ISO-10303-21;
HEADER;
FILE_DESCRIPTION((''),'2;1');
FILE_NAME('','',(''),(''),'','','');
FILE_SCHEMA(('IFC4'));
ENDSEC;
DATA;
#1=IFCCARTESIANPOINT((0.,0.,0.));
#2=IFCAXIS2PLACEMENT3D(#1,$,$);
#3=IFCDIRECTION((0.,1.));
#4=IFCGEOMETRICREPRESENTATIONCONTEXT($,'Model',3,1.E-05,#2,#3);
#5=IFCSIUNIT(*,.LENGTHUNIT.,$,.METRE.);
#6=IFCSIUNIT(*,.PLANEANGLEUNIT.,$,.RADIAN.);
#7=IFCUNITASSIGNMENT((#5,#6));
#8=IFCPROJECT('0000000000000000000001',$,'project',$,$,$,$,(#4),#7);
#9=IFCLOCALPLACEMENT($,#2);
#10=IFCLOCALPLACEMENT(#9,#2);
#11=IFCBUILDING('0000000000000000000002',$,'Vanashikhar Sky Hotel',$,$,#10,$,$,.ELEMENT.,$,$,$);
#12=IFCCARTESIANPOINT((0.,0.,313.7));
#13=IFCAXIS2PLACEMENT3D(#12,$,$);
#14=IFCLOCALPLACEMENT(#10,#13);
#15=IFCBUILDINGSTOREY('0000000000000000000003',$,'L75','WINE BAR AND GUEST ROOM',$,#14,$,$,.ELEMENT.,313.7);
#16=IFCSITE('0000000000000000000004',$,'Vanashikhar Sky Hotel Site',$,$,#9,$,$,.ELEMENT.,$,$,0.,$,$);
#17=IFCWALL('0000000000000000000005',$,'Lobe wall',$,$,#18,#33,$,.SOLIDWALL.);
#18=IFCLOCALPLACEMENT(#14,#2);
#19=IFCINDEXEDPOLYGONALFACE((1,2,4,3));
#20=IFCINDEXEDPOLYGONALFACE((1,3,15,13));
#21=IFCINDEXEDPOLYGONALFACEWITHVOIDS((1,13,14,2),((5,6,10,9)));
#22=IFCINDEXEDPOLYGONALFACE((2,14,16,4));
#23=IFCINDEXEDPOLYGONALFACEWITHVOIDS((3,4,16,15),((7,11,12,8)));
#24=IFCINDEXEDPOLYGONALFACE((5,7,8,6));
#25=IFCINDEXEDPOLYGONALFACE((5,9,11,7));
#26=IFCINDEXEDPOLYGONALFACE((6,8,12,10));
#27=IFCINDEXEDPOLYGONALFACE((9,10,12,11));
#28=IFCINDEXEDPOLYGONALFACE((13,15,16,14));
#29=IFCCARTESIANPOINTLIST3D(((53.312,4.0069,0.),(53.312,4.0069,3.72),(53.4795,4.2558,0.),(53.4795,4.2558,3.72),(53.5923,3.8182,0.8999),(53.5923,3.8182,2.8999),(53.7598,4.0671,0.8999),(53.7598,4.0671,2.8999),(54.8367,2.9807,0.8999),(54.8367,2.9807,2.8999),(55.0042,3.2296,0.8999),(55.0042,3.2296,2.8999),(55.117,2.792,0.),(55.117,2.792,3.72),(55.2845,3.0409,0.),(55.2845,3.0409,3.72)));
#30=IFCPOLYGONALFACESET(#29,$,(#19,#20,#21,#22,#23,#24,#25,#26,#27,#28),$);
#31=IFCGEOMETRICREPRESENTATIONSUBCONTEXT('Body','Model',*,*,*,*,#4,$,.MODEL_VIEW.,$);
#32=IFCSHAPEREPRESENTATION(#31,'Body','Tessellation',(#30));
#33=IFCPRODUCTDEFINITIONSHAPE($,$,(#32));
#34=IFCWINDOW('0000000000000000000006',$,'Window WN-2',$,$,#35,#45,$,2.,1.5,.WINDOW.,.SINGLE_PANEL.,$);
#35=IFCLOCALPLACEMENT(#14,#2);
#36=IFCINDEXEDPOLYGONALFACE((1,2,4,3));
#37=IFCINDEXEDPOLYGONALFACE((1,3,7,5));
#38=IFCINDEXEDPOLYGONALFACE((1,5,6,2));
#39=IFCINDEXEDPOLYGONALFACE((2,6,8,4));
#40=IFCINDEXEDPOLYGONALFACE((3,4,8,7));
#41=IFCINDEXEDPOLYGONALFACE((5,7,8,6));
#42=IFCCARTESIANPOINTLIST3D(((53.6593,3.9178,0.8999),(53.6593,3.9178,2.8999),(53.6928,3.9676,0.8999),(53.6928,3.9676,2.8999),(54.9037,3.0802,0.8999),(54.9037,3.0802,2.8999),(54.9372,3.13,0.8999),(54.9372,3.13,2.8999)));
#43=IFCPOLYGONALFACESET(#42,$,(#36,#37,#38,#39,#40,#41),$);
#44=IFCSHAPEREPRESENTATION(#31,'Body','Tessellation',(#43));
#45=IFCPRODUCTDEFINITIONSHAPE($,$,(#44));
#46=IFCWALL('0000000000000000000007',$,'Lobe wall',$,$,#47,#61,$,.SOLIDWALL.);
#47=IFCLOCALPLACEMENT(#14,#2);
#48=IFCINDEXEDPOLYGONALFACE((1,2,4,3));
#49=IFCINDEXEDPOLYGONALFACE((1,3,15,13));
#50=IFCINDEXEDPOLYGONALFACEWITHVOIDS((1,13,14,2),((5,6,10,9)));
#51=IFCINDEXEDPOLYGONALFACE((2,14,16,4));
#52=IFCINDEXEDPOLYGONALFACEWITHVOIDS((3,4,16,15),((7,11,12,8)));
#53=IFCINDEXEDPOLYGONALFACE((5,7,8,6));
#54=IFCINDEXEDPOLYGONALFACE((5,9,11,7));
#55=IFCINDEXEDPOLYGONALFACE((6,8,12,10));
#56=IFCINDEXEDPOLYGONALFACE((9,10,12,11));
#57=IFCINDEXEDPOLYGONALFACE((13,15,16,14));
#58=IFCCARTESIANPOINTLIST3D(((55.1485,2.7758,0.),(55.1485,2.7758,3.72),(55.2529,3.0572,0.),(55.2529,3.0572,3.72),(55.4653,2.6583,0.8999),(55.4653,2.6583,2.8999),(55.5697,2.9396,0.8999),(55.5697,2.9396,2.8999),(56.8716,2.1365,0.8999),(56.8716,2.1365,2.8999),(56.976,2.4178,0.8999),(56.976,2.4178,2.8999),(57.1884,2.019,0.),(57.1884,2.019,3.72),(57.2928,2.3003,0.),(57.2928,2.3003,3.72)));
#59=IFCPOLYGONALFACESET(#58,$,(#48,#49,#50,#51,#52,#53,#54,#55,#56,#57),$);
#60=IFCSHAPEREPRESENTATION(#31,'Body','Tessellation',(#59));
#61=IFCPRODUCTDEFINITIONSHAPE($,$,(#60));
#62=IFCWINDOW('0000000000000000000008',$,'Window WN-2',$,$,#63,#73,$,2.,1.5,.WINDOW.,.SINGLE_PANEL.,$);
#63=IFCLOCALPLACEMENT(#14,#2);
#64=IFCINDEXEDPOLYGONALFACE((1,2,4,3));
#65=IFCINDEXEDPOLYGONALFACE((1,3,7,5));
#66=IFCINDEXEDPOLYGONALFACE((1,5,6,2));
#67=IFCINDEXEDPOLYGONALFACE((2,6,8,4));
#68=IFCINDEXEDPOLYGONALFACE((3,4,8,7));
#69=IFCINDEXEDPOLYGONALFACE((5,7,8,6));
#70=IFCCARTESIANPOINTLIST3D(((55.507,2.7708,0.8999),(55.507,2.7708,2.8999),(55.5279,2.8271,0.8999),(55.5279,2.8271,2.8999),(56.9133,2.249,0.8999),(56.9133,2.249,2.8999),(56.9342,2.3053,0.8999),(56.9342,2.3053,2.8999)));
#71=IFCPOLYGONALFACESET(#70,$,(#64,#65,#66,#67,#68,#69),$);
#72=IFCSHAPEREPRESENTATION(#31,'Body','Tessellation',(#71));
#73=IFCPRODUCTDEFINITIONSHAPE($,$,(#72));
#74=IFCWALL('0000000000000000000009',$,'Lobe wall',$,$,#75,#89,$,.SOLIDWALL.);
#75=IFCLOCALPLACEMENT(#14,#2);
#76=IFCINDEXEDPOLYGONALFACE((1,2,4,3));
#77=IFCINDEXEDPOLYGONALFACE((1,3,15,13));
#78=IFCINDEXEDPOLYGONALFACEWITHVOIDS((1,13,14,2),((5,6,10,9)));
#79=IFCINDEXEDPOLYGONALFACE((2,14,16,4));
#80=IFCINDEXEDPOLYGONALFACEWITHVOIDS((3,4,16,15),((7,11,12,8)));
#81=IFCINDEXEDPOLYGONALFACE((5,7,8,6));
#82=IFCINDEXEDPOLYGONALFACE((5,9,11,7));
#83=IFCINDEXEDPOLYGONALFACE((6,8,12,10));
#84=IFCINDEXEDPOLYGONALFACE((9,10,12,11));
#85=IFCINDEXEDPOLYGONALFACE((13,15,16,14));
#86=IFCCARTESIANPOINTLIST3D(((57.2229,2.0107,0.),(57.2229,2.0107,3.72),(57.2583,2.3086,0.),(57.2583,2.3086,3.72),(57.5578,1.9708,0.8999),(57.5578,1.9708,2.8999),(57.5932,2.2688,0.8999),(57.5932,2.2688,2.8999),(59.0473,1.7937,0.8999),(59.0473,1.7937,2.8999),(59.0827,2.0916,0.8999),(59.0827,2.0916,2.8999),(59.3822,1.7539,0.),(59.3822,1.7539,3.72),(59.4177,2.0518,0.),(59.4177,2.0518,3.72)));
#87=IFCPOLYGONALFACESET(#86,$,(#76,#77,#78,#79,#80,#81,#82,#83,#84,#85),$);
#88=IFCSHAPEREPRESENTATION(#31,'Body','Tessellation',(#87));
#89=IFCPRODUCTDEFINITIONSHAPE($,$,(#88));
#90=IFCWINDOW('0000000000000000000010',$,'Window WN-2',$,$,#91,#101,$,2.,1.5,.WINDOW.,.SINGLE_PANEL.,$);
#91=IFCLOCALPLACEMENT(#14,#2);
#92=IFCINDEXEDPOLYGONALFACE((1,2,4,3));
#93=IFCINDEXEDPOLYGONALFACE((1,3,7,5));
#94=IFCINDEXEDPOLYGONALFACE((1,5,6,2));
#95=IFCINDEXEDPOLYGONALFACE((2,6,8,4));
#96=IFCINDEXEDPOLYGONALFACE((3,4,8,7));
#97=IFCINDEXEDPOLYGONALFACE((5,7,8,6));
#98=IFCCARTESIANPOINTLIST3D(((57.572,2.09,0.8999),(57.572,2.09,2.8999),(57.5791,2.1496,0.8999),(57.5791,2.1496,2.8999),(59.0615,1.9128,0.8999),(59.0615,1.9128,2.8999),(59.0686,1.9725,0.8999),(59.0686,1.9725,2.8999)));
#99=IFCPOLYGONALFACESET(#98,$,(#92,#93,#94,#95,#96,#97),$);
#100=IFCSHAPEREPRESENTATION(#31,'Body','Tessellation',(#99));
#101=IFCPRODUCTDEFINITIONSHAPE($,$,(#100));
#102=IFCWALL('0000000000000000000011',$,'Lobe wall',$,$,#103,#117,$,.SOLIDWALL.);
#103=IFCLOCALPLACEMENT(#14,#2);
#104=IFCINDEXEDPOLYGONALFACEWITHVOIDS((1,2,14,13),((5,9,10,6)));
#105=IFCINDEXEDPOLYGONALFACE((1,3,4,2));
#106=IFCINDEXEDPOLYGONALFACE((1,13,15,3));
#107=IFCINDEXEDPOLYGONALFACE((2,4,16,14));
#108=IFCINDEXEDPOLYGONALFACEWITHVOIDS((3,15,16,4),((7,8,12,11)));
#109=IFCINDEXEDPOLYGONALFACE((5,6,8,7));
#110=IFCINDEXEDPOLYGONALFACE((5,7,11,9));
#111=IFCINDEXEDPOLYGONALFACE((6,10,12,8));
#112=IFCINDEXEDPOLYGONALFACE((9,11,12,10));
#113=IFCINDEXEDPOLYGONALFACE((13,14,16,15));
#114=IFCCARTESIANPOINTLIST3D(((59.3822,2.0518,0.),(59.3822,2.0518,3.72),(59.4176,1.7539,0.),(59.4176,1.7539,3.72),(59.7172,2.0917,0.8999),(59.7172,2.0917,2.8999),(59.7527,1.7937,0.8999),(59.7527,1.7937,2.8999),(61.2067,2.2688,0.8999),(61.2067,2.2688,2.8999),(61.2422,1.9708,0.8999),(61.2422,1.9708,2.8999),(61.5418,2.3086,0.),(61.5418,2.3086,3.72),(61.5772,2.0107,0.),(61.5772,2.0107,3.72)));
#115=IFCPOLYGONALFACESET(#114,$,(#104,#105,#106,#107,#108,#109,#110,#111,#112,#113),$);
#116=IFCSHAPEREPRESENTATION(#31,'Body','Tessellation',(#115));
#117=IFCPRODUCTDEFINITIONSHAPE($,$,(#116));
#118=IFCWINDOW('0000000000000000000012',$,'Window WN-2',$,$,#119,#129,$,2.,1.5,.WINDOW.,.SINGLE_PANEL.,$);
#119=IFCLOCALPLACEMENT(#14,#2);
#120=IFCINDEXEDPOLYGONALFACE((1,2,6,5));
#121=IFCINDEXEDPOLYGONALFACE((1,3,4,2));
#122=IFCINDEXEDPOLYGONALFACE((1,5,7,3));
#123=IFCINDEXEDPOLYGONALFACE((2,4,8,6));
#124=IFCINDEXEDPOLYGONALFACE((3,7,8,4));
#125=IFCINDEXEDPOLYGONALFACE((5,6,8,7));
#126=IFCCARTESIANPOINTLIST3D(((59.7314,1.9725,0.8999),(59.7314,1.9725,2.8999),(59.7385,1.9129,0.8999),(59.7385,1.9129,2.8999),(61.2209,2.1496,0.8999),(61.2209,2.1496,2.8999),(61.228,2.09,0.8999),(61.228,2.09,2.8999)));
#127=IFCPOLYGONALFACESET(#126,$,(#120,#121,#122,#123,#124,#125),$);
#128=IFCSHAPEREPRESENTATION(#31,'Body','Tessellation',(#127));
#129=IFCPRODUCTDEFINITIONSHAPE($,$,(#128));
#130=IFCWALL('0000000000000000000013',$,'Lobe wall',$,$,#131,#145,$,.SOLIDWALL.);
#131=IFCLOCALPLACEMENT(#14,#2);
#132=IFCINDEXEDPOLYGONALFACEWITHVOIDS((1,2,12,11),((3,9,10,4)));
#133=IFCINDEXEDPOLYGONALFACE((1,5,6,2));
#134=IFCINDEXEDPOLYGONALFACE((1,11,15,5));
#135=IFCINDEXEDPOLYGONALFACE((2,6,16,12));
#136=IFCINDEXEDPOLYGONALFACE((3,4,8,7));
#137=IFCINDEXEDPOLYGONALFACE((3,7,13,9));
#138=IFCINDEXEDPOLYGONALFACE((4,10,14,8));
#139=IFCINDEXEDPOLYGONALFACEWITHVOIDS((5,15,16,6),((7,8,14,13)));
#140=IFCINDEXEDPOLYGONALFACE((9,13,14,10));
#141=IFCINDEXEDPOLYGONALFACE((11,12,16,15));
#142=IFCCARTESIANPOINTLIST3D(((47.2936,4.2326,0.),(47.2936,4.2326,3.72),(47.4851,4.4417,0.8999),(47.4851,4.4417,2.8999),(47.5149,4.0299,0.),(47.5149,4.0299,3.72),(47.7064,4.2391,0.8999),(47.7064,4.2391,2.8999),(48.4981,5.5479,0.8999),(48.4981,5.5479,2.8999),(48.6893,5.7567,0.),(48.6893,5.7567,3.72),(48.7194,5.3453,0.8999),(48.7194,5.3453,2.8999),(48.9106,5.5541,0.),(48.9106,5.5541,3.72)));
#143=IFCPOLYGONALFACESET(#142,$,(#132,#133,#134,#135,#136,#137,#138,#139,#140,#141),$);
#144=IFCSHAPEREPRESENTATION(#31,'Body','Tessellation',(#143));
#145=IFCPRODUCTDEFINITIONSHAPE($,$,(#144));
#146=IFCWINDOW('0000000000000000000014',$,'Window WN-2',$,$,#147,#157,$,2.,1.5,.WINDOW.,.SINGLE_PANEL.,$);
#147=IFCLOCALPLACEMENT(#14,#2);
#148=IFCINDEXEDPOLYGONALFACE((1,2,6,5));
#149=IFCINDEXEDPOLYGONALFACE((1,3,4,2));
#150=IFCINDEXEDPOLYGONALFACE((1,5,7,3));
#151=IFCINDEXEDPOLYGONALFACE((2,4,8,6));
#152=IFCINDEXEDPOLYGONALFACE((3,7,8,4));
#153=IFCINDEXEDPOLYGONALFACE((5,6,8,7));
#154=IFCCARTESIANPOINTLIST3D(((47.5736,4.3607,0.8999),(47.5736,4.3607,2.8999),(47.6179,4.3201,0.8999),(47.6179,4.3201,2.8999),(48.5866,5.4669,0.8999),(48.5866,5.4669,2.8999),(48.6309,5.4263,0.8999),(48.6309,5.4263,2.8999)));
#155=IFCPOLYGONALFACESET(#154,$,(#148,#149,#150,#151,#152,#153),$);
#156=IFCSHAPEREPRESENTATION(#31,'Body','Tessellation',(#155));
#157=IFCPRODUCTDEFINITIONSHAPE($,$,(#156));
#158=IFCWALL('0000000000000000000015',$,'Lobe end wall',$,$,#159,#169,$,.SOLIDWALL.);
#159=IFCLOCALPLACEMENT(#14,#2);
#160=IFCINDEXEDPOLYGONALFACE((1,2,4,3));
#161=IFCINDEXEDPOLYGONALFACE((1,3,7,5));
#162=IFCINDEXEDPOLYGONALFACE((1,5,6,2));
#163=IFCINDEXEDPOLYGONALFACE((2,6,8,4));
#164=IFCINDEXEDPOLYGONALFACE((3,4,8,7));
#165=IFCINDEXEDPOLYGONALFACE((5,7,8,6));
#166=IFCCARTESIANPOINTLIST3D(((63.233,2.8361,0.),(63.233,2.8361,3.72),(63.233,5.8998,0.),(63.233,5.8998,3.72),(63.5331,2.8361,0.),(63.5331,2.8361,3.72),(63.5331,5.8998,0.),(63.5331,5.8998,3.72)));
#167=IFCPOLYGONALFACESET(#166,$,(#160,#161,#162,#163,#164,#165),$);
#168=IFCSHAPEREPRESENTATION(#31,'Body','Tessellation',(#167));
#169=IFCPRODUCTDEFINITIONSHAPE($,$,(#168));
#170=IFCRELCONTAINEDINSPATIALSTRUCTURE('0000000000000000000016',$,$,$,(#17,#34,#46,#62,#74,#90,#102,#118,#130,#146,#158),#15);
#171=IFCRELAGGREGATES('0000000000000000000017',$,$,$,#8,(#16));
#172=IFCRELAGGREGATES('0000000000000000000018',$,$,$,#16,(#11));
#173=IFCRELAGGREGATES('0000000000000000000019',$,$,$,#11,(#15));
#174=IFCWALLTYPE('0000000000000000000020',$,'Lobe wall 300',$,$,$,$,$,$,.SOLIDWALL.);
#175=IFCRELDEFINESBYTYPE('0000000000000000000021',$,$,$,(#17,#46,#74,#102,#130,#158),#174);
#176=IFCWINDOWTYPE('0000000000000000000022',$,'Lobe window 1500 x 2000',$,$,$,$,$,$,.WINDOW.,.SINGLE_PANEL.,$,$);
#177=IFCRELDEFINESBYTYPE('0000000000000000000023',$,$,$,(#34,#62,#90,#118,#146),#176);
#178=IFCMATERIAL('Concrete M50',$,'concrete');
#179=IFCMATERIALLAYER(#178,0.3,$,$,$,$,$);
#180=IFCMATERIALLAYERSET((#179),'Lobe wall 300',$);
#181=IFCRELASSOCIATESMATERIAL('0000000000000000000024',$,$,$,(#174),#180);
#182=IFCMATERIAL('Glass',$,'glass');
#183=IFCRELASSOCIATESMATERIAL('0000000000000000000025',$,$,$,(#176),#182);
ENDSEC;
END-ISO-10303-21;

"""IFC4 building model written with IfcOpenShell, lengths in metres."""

from ifc_helpers import new_model, si_unit, direction, frame, frame_2d, origin, place, context, subcontext, project, spatial, rectangle, extrude, source, transform, mapped, material, layer, layer_set, type_object, element, fill, save


model = new_model("IFC4")

# Units and contexts
model_context = context("Model", 3, precision=1e-05, world=origin(), true_north=direction((0.0, 1.0)))
body_context = subcontext(model_context, "Body", "Model", "MODEL_VIEW")
ifc_project = project(units=[si_unit("LENGTHUNIT", "METRE"), si_unit("PLANEANGLEUNIT", "RADIAN")], contexts=[model_context])

# Site, building, storey
site_placement = place(None, origin())
site = spatial("IfcSite", under=ifc_project, at=site_placement, Name="Vanashikhar Sky Hotel Site", CompositionType="ELEMENT", RefElevation=0.0)
building_placement = place(site_placement, origin())
building = spatial("IfcBuilding", under=site, at=building_placement, Name="Vanashikhar Sky Hotel", CompositionType="ELEMENT")
storey_placement = place(building_placement, frame((0.0, 0.0, 313.7)))
storey = spatial("IfcBuildingStorey", under=building, at=storey_placement, Name="L75", Description="WINE BAR AND GUEST ROOM", CompositionType="ELEMENT", Elevation=313.7)

# Walls, openings, windows
ifc_material_1 = material(Name="Concrete M50", Category="concrete")
ifc_layer_1 = layer(ifc_material_1, 0.3)
ifc_layer_set_1 = layer_set([ifc_layer_1], Name="Lobe wall 300")
wall_type_1 = type_object("IfcWallType", Name="Lobe wall 300", PredefinedType="SOLIDWALL", material=ifc_layer_set_1)
shared_shape_1 = source(origin(), body_context, "Body", "SweptSolid", [
    extrude(rectangle(XDim=2.1758, YDim=0.3, at=frame_2d((1.0879, 0.0))), origin(), (0.0, 0.0, 1.0), 3.72),
])
wall_1_placement = place(storey_placement, frame((53.3958, 4.1313, 0.0), z_axis=(0.0, 0.0, 1.0), x_axis=(0.829591, -0.558372, 0.0)))
wall_1 = element("IfcWall", 1, at=wall_1_placement, inside=storey, type_object=wall_type_1, Name="Lobe wall", PredefinedType="SOLIDWALL", context=body_context, shape_type="MappedRepresentation", body=[
    mapped(shared_shape_1, transform((0.0, 0.0, 0.0), scale=1.0)),
])
shared_shape_2 = source(origin(), body_context, "Body", "SweptSolid", [
    extrude(rectangle(XDim=1.5, YDim=2.0, at=frame_2d((0.75, 1.0))), frame((0.0, 0.1602, 0.0), z_axis=(0.0, -1.0, 0.0), x_axis=(1.0, 0.0, 0.0)), (0.0, 0.0, 1.0), 0.3201),
])
opening_1_placement = place(wall_1_placement, frame((0.3379, 0.0, 0.8999)))
opening_1 = element("IfcOpeningElement", 2, at=opening_1_placement, cuts=wall_1, PredefinedType="OPENING", context=body_context, shape_type="MappedRepresentation", body=[
    mapped(shared_shape_2, transform((0.0, 0.0, 0.0), scale=1.0)),
])
ifc_material_2 = material(Name="Glass", Category="glass")
window_type = type_object("IfcWindowType", Name="Lobe window 1500 x 2000", PartitioningType="SINGLE_PANEL", PredefinedType="WINDOW", material=ifc_material_2)
shared_shape_3 = source(origin(), body_context, "Body", "SweptSolid", [
    extrude(rectangle(XDim=1.5, YDim=2.0, at=frame_2d((0.75, 1.0))), frame((0.0, 0.03, 0.0), z_axis=(0.0, -1.0, 0.0), x_axis=(1.0, 0.0, 0.0)), (0.0, 0.0, 1.0), 0.0601),
])
window_1_placement = place(opening_1_placement, origin())
window_1 = element("IfcWindow", 3, at=window_1_placement, inside=storey, type_object=window_type, Name="Window WN-2", OverallHeight=2.0, OverallWidth=1.5, PartitioningType="SINGLE_PANEL", PredefinedType="WINDOW", context=body_context, shape_type="MappedRepresentation", body=[
    mapped(shared_shape_3, transform((0.0, 0.0, 0.0), scale=1.0)),
])
fill(opening_1, window_1)
wall_2_placement = place(storey_placement, frame((55.2007, 2.9165, 0.0), z_axis=(0.0, 0.0, 1.0), x_axis=(0.937546, -0.347863, 0.0)))
wall_2 = element("IfcWall", 4, at=wall_2_placement, inside=storey, type_object=wall_type_1, Name="Lobe wall", PredefinedType="SOLIDWALL", context=body_context, shape_type="MappedRepresentation", body=[
    mapped(shared_shape_1, transform((0.0, 0.0, 0.0), scale=1.0)),
])
opening_2_placement = place(wall_2_placement, frame((0.3379, 0.0, 0.8999)))
opening_2 = element("IfcOpeningElement", 5, at=opening_2_placement, cuts=wall_2, PredefinedType="OPENING", context=body_context, shape_type="MappedRepresentation", body=[
    mapped(shared_shape_2, transform((0.0, 0.0, 0.0), scale=1.0)),
])
window_2_placement = place(opening_2_placement, origin())
window_2 = element("IfcWindow", 6, at=window_2_placement, inside=storey, type_object=window_type, Name="Window WN-2", OverallHeight=2.0, OverallWidth=1.5, PartitioningType="SINGLE_PANEL", PredefinedType="WINDOW", context=body_context, shape_type="MappedRepresentation", body=[
    mapped(shared_shape_3, transform((0.0, 0.0, 0.0), scale=1.0)),
])
fill(opening_2, window_2)
shared_shape_4 = source(origin(), body_context, "Body", "SweptSolid", [
    extrude(rectangle(XDim=2.1746, YDim=0.3, at=frame_2d((1.0874, 0.0))), origin(), (0.0, 0.0, 1.0), 3.72),
])
wall_3_placement = place(storey_placement, frame((57.2405, 2.1597, 0.0), z_axis=(0.0, 0.0, 1.0), x_axis=(0.993001, -0.118105, 0.0)))
wall_3 = element("IfcWall", 7, at=wall_3_placement, inside=storey, type_object=wall_type_1, Name="Lobe wall", PredefinedType="SOLIDWALL", context=body_context, shape_type="MappedRepresentation", body=[
    mapped(shared_shape_4, transform((0.0, 0.0, 0.0), scale=1.0)),
])
opening_3_placement = place(wall_3_placement, frame((0.3374, 0.0, 0.8999)))
opening_3 = element("IfcOpeningElement", 8, at=opening_3_placement, cuts=wall_3, PredefinedType="OPENING", context=body_context, shape_type="MappedRepresentation", body=[
    mapped(shared_shape_2, transform((0.0, 0.0, 0.0), scale=1.0)),
])
window_3_placement = place(opening_3_placement, origin())
window_3 = element("IfcWindow", 9, at=window_3_placement, inside=storey, type_object=window_type, Name="Window WN-2", OverallHeight=2.0, OverallWidth=1.5, PartitioningType="SINGLE_PANEL", PredefinedType="WINDOW", context=body_context, shape_type="MappedRepresentation", body=[
    mapped(shared_shape_3, transform((0.0, 0.0, 0.0), scale=1.0)),
])
fill(opening_3, window_3)
shared_shape_5 = source(origin(), body_context, "Body", "SweptSolid", [
    extrude(rectangle(XDim=2.1748, YDim=0.3, at=frame_2d((1.0874, 0.0))), origin(), (0.0, 0.0, 1.0), 3.72),
])
wall_4_placement = place(storey_placement, frame((59.3999, 1.9028, 0.0), z_axis=(0.0, 0.0, 1.0), x_axis=(0.993003, 0.118092, 0.0)))
wall_4 = element("IfcWall", 10, at=wall_4_placement, inside=storey, type_object=wall_type_1, Name="Lobe wall", PredefinedType="SOLIDWALL", context=body_context, shape_type="MappedRepresentation", body=[
    mapped(shared_shape_5, transform((0.0, 0.0, 0.0), scale=1.0)),
])
opening_4_placement = place(wall_4_placement, frame((0.3374, 0.0, 0.8999)))
opening_4 = element("IfcOpeningElement", 11, at=opening_4_placement, cuts=wall_4, PredefinedType="OPENING", context=body_context, shape_type="MappedRepresentation", body=[
    mapped(shared_shape_2, transform((0.0, 0.0, 0.0), scale=1.0)),
])
window_4_placement = place(opening_4_placement, origin())
window_4 = element("IfcWindow", 12, at=window_4_placement, inside=storey, type_object=window_type, Name="Window WN-2", OverallHeight=2.0, OverallWidth=1.5, PartitioningType="SINGLE_PANEL", PredefinedType="WINDOW", context=body_context, shape_type="MappedRepresentation", body=[
    mapped(shared_shape_3, transform((0.0, 0.0, 0.0), scale=1.0)),
])
fill(opening_4, window_4)
shared_shape_6 = source(origin(), body_context, "Body", "SweptSolid", [
    extrude(rectangle(XDim=2.0667, YDim=0.3, at=frame_2d((1.0332, 0.0))), origin(), (0.0, 0.0, 1.0), 3.72),
])
wall_5_placement = place(storey_placement, frame((47.4043, 4.1313, 0.0), z_axis=(0.0, 0.0, 1.0), x_axis=(0.675355, 0.737492, 0.0)))
wall_5 = element("IfcWall", 13, at=wall_5_placement, inside=storey, type_object=wall_type_1, Name="Lobe wall", PredefinedType="SOLIDWALL", context=body_context, shape_type="MappedRepresentation", body=[
    mapped(shared_shape_6, transform((0.0, 0.0, 0.0), scale=1.0)),
])
opening_5_placement = place(wall_5_placement, frame((0.2834, 0.0, 0.8999)))
opening_5 = element("IfcOpeningElement", 14, at=opening_5_placement, cuts=wall_5, PredefinedType="OPENING", context=body_context, shape_type="MappedRepresentation", body=[
    mapped(shared_shape_2, transform((0.0, 0.0, 0.0), scale=1.0)),
])
window_5_placement = place(opening_5_placement, origin())
window_5 = element("IfcWindow", 15, at=window_5_placement, inside=storey, type_object=window_type, Name="Window WN-2", OverallHeight=2.0, OverallWidth=1.5, PartitioningType="SINGLE_PANEL", PredefinedType="WINDOW", context=body_context, shape_type="MappedRepresentation", body=[
    mapped(shared_shape_3, transform((0.0, 0.0, 0.0), scale=1.0)),
])
fill(opening_5, window_5)

# Wall
shared_shape_7 = source(origin(), body_context, "Body", "SweptSolid", [
    extrude(rectangle(XDim=3.0637, YDim=0.3, at=frame_2d((1.5317, 0.0))), origin(), (0.0, 0.0, 1.0), 3.72),
])
wall_6_placement = place(storey_placement, frame((63.3831, 2.8362, 0.0), z_axis=(0.0, 0.0, 1.0), x_axis=(0.0, 1.0, 0.0)))
element("IfcWall", 16, at=wall_6_placement, inside=storey, type_object=wall_type_1, Name="Lobe end wall", PredefinedType="SOLIDWALL", context=body_context, shape_type="MappedRepresentation", body=[
    mapped(shared_shape_7, transform((0.0, 0.0, 0.0), scale=1.0)),
])

save(model, "model.ifc")
